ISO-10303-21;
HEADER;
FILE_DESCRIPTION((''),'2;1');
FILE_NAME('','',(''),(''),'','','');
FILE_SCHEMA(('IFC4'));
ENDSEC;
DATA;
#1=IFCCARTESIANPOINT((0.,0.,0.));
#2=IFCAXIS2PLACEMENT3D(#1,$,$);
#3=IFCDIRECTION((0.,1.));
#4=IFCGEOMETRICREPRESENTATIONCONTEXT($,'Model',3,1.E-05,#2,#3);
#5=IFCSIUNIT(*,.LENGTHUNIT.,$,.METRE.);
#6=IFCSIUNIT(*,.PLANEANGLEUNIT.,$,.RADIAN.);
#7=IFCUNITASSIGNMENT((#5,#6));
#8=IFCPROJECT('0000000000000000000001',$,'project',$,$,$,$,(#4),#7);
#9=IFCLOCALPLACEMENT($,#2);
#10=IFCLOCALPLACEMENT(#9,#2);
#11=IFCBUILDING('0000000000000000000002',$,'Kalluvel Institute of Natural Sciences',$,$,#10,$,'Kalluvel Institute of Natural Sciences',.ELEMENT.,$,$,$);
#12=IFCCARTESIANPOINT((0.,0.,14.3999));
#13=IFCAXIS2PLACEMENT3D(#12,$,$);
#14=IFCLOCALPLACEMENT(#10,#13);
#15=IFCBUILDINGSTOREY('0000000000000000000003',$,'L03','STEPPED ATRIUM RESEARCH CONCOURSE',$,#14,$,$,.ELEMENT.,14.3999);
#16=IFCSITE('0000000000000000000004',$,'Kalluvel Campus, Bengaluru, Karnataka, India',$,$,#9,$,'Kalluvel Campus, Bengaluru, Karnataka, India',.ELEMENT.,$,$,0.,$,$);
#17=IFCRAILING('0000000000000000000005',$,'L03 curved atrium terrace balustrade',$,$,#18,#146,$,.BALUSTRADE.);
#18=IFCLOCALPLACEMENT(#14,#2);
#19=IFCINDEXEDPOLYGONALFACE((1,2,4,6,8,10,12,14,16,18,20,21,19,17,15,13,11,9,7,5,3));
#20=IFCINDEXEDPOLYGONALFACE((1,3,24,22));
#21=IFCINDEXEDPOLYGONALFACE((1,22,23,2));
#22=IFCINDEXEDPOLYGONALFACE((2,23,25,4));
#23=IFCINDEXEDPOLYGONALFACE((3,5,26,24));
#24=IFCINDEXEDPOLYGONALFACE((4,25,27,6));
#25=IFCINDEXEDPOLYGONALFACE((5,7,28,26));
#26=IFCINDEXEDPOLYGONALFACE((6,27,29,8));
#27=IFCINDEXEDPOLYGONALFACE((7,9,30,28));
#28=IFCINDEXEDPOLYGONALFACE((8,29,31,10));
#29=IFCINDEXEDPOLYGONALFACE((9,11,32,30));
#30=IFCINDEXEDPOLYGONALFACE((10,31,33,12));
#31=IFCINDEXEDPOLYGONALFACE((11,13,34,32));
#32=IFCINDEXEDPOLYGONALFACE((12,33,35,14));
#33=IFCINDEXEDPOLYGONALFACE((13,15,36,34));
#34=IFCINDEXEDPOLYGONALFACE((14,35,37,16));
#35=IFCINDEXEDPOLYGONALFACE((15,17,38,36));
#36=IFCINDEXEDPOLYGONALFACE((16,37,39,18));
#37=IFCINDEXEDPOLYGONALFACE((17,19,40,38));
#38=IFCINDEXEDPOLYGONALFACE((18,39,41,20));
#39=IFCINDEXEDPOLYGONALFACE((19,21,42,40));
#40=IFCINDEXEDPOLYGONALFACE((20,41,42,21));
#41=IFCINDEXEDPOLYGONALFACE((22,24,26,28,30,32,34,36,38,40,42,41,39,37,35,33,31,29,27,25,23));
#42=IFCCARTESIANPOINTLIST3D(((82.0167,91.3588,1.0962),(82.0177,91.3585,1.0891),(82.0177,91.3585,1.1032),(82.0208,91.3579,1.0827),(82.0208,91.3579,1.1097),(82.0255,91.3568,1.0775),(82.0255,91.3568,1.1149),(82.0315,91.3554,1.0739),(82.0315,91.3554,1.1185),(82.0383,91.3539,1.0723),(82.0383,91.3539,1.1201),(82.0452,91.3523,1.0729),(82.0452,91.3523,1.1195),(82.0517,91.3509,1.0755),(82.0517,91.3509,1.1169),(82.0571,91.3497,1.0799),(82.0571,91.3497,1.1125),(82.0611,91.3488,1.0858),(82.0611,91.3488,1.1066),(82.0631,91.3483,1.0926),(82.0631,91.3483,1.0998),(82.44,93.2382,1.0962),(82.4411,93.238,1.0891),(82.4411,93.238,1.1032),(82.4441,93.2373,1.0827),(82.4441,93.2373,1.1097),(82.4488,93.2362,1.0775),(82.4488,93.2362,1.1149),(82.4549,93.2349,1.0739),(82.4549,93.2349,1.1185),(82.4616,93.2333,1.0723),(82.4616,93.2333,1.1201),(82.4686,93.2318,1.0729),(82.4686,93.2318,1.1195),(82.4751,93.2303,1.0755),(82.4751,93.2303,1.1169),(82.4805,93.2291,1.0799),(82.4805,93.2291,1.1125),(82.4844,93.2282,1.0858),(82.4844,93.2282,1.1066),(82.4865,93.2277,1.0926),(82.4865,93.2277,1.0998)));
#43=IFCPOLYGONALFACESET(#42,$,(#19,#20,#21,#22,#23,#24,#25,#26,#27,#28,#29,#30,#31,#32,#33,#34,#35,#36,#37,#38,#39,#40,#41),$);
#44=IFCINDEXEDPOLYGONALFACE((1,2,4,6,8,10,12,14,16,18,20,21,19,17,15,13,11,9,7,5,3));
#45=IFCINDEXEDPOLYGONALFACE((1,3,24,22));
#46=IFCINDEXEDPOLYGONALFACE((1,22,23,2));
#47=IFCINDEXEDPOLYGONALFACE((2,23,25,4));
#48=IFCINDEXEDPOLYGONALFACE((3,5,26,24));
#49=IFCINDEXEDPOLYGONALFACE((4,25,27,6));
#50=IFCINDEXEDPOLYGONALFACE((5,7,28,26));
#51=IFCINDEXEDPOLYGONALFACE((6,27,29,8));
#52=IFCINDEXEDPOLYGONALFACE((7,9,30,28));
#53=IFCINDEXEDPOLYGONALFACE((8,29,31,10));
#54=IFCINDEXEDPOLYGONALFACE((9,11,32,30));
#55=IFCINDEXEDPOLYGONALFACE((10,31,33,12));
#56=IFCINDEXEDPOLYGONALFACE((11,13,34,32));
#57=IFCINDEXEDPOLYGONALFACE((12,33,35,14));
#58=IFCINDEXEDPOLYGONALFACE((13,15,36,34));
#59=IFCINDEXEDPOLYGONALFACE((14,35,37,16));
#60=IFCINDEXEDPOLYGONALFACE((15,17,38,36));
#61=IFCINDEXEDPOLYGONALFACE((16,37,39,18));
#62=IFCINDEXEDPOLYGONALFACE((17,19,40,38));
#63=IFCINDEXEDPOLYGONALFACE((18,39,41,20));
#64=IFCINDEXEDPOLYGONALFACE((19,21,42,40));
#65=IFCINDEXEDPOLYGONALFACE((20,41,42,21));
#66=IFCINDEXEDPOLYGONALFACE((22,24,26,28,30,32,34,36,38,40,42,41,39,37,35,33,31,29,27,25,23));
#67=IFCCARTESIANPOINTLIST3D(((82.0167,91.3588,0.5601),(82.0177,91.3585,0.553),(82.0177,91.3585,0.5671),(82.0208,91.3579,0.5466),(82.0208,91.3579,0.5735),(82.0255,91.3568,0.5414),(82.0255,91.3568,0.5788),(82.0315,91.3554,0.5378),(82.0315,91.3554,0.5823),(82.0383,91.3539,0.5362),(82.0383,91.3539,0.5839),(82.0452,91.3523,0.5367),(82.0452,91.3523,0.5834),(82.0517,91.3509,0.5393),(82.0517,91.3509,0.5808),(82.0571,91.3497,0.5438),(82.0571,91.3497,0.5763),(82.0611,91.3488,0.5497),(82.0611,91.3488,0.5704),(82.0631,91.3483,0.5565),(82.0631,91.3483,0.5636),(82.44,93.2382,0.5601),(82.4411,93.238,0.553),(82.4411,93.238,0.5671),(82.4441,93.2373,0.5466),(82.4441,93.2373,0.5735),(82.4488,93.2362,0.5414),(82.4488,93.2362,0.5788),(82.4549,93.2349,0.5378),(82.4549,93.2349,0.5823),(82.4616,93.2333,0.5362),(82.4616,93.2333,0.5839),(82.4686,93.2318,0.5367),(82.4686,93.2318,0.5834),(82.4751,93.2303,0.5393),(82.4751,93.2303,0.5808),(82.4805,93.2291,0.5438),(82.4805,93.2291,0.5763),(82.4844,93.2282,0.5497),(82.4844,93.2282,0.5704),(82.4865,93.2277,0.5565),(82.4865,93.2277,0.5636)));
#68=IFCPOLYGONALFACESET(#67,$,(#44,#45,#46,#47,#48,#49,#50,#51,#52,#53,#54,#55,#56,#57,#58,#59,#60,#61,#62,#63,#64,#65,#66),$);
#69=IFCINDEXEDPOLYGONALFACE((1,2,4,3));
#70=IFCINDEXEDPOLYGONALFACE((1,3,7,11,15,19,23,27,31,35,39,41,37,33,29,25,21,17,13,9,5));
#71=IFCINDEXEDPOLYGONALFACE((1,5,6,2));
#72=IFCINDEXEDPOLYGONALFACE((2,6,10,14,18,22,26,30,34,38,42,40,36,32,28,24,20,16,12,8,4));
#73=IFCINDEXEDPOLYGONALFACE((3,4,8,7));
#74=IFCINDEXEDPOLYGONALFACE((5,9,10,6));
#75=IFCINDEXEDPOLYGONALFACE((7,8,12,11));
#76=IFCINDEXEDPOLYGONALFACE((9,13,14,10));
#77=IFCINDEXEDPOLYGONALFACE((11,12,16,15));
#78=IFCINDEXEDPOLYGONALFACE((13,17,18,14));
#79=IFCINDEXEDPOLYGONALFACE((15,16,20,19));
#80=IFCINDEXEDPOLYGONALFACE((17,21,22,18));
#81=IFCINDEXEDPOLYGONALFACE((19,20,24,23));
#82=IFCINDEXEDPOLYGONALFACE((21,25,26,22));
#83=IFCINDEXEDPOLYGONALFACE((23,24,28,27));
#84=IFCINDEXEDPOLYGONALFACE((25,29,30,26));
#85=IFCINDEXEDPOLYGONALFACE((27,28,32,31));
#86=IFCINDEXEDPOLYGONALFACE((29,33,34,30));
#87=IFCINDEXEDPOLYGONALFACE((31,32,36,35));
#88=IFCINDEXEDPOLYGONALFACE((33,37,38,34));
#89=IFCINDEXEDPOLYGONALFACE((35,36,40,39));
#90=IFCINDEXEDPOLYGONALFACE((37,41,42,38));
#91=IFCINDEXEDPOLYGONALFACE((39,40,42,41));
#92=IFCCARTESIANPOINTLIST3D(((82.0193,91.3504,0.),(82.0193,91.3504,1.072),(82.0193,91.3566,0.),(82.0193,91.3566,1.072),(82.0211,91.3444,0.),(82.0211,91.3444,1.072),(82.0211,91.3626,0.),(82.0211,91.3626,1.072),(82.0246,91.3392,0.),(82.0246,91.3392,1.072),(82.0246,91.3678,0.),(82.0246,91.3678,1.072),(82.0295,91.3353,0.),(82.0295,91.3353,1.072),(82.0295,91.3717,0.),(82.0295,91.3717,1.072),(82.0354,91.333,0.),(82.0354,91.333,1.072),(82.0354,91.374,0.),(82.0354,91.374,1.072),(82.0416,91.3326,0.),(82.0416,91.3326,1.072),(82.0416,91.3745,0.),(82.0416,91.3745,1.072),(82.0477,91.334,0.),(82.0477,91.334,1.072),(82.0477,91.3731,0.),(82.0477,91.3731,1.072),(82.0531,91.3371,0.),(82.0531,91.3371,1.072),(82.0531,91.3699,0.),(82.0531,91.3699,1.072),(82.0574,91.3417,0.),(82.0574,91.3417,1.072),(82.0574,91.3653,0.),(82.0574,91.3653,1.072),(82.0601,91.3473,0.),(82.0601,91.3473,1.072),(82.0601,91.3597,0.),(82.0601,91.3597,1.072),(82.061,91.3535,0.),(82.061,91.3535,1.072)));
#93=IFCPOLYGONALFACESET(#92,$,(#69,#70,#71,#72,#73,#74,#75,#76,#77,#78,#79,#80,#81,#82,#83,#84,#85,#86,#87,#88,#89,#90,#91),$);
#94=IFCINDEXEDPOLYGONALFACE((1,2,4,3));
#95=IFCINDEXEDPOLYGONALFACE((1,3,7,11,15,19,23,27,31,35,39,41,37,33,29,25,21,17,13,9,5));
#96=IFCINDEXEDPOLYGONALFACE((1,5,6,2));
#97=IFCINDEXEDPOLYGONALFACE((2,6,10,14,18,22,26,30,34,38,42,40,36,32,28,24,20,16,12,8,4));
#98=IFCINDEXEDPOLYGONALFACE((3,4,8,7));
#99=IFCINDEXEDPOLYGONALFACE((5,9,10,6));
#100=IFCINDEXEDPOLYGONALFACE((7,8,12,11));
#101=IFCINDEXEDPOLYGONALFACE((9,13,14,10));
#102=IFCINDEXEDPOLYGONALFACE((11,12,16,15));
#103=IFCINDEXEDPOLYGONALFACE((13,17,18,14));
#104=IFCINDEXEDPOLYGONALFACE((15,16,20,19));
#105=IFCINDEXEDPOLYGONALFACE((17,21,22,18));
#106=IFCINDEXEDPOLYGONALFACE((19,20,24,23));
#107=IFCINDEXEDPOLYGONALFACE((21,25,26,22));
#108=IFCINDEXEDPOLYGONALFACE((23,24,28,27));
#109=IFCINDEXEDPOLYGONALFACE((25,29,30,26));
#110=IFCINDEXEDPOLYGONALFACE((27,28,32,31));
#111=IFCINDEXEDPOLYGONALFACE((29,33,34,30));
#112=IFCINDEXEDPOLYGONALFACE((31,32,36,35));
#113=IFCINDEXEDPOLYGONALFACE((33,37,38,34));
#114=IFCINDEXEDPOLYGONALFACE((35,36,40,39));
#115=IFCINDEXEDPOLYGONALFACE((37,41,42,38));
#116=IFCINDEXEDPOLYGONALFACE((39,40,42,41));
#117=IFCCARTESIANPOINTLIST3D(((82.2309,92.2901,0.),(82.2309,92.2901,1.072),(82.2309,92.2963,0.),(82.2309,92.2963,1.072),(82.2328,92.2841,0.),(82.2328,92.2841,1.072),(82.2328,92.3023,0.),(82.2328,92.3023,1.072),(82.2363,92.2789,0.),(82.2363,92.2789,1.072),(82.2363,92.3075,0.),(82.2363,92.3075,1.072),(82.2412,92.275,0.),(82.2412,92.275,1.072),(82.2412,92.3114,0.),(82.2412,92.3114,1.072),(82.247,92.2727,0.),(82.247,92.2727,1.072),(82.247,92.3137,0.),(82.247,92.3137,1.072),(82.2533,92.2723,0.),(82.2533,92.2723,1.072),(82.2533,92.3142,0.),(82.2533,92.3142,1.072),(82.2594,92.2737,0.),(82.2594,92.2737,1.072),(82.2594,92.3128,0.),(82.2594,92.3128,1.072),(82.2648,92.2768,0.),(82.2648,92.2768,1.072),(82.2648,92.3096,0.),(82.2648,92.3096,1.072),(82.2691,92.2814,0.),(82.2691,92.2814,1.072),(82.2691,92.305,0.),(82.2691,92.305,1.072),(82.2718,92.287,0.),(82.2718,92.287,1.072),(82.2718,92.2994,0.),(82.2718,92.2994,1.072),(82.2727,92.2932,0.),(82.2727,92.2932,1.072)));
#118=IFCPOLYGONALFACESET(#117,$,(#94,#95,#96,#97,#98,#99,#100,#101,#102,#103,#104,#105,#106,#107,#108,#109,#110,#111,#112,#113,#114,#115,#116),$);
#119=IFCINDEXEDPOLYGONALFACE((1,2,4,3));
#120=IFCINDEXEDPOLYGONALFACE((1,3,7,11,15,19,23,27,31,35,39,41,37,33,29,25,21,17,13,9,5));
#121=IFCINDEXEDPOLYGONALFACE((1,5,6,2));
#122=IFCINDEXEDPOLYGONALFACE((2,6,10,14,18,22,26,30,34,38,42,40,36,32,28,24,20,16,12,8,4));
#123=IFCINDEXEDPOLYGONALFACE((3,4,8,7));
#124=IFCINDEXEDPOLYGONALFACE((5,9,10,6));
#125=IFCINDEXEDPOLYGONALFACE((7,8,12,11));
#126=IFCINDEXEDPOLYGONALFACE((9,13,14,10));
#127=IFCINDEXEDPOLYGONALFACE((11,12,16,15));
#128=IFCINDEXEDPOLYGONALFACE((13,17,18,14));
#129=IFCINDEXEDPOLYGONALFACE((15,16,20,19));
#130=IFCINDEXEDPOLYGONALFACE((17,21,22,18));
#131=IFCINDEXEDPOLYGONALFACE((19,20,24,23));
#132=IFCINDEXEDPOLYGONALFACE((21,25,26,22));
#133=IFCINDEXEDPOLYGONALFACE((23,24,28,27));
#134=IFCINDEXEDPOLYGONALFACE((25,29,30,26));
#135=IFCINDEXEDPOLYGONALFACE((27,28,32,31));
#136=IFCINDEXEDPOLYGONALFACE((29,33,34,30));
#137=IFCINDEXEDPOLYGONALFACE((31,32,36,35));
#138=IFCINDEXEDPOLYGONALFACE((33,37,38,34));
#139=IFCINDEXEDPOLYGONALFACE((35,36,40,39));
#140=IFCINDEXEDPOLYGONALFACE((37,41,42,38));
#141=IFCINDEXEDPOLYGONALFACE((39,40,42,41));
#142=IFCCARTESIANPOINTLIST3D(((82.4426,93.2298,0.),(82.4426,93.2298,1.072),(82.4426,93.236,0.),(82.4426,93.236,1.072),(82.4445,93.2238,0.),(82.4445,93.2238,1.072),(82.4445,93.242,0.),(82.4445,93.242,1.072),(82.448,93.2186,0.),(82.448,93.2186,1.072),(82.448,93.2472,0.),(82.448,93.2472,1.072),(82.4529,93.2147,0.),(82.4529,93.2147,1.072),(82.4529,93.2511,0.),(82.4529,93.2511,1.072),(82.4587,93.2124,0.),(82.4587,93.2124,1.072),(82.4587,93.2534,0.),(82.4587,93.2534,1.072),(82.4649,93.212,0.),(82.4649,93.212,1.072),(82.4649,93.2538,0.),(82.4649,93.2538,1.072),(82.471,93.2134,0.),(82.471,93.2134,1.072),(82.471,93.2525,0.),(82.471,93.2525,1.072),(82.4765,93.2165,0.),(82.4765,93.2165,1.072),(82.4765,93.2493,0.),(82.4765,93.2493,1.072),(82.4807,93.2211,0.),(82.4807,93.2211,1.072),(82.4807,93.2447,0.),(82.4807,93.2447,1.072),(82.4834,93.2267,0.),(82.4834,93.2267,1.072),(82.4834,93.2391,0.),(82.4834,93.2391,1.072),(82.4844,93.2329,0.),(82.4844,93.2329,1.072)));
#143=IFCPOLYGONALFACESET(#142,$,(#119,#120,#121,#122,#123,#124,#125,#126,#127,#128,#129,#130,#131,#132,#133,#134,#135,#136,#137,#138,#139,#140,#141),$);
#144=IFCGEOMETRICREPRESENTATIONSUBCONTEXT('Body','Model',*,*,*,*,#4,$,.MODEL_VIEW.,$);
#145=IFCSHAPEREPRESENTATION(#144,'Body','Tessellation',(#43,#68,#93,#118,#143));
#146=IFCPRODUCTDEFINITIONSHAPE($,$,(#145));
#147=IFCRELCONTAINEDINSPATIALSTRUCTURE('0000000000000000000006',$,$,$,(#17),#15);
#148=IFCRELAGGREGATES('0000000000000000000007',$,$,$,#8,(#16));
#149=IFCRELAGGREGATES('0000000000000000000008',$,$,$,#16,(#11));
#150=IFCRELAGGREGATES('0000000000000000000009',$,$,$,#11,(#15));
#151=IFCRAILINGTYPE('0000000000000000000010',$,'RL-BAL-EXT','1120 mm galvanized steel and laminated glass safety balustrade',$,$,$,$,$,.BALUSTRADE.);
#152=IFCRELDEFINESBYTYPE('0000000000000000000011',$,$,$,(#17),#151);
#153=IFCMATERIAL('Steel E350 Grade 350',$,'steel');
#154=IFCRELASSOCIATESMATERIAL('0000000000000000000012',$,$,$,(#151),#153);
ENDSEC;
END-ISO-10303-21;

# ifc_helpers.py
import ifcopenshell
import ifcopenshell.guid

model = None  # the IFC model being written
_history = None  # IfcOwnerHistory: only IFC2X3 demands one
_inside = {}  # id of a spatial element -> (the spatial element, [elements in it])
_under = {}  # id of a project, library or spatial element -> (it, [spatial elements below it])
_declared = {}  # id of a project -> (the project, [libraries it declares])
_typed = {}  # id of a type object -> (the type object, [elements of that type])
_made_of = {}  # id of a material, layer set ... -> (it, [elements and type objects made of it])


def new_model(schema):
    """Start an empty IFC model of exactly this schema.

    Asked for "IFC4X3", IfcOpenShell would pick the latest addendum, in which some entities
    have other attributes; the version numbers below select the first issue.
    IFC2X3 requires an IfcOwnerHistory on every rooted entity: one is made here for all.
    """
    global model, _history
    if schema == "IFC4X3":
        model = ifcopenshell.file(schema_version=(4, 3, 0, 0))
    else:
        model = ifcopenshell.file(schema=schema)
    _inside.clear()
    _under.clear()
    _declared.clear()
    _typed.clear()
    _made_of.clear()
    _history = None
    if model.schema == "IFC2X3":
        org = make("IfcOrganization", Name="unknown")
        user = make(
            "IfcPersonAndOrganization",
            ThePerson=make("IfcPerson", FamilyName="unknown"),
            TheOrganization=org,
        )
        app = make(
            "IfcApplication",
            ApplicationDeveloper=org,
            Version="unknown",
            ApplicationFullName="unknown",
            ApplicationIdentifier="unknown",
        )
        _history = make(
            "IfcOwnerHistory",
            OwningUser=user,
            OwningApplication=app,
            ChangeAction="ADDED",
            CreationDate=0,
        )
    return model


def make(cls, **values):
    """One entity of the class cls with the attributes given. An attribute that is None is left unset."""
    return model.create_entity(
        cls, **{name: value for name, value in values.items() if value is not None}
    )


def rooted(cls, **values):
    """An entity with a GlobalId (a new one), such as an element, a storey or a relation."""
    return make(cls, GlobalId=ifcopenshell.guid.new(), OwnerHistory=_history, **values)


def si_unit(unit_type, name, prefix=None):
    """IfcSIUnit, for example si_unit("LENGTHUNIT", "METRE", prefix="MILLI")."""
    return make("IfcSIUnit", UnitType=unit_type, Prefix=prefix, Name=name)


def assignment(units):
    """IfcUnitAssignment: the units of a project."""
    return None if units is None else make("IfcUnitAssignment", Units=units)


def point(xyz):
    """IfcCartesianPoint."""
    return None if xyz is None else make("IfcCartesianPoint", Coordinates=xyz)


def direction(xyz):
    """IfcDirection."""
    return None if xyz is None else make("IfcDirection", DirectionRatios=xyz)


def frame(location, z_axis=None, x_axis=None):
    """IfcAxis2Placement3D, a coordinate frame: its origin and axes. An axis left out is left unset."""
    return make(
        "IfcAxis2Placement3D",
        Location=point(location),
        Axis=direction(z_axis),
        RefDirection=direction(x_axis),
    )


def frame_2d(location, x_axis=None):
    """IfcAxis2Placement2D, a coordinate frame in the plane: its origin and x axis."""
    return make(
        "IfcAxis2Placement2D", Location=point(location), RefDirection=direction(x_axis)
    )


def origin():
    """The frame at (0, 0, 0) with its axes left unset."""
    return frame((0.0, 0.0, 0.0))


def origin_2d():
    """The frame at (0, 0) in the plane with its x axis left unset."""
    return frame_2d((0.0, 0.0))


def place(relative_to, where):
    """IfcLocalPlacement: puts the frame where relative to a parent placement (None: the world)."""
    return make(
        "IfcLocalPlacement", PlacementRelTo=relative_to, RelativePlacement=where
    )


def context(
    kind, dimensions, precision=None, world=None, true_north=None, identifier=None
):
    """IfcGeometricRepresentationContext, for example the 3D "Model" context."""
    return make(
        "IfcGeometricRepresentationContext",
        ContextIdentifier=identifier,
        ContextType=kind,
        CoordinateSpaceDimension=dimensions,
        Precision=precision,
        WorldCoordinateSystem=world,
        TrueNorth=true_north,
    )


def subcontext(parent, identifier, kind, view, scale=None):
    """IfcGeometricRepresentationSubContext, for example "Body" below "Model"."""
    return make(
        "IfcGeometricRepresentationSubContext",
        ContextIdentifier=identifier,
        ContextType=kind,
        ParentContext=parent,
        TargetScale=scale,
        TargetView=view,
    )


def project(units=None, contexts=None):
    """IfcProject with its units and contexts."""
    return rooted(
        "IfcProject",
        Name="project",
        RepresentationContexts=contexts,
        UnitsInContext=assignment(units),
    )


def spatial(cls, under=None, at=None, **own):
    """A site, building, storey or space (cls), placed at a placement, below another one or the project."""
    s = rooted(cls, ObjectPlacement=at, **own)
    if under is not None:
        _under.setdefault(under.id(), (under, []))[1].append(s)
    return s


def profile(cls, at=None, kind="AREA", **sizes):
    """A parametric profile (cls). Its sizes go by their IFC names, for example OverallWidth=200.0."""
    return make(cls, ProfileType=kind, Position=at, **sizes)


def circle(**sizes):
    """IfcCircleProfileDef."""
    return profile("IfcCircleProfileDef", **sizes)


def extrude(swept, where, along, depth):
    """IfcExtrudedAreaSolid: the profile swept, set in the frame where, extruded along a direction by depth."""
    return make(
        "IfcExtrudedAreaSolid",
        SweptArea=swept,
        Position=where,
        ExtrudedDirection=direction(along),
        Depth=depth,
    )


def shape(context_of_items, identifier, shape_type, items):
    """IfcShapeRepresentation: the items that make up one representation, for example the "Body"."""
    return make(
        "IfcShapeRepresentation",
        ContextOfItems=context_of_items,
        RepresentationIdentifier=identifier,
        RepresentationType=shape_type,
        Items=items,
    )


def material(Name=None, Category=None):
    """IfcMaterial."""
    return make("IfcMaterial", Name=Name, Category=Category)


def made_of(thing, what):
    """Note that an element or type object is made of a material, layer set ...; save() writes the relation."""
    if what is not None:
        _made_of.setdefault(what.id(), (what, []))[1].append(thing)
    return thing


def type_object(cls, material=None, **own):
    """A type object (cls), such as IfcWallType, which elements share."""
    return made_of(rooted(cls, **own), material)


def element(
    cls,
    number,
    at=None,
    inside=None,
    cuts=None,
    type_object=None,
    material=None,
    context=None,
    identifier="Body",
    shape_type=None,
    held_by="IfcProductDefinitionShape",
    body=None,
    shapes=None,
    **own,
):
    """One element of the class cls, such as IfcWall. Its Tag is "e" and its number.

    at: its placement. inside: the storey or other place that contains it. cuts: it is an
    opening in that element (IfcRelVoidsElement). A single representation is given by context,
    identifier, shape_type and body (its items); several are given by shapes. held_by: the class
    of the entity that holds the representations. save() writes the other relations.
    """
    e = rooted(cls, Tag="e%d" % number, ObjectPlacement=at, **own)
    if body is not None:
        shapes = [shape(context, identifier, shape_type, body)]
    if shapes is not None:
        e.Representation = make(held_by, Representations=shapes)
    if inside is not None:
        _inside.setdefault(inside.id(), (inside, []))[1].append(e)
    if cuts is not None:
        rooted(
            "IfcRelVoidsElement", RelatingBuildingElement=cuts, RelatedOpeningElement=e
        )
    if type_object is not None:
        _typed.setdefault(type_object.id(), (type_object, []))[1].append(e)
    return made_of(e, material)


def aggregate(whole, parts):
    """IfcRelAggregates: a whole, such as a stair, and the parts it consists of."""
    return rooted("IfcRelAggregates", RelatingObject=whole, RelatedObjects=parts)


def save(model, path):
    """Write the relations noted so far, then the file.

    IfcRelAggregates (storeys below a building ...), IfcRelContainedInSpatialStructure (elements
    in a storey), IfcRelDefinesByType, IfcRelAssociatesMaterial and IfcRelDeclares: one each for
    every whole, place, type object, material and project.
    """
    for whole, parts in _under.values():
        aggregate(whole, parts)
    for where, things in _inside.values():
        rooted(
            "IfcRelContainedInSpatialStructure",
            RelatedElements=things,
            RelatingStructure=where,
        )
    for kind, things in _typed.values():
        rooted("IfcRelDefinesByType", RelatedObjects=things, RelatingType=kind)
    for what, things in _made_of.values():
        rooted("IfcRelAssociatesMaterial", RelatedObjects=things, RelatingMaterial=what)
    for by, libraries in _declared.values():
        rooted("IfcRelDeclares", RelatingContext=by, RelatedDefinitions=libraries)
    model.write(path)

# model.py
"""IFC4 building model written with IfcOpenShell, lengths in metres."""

from ifc_helpers import new_model, si_unit, direction, frame, origin, origin_2d, place, context, subcontext, project, spatial, circle, extrude, material, type_object, element, save


model = new_model("IFC4")

# Units and contexts
model_context = context("Model", 3, precision=1e-05, world=origin(), true_north=direction((0.0, 1.0)))
body_context = subcontext(model_context, "Body", "Model", "MODEL_VIEW")
ifc_project = project(units=[si_unit("LENGTHUNIT", "METRE"), si_unit("PLANEANGLEUNIT", "RADIAN")], contexts=[model_context])

# Site, building, storey
site_placement = place(None, origin())
site = spatial("IfcSite", under=ifc_project, at=site_placement, Name="Kalluvel Campus, Bengaluru, Karnataka, India", LongName="Kalluvel Campus, Bengaluru, Karnataka, India", CompositionType="ELEMENT", RefElevation=0.0)
building_placement = place(site_placement, origin())
building = spatial("IfcBuilding", under=site, at=building_placement, Name="Kalluvel Institute of Natural Sciences", LongName="Kalluvel Institute of Natural Sciences", CompositionType="ELEMENT")
storey_placement = place(building_placement, frame((0.0, 0.0, 14.3999)))
storey = spatial("IfcBuildingStorey", under=building, at=storey_placement, Name="L03", Description="STEPPED ATRIUM RESEARCH CONCOURSE", CompositionType="ELEMENT", Elevation=14.3999)

# Railing
ifc_material_1 = material(Name="Steel E350 Grade 350", Category="steel")
railing_type = type_object("IfcRailingType", Name="RL-BAL-EXT", Description="1120 mm galvanized steel and laminated glass safety balustrade", PredefinedType="BALUSTRADE", material=ifc_material_1)
railing_1_placement = place(storey_placement, frame((82.04, 91.3535, 0.0)))
element("IfcRailing", 1, at=railing_1_placement, inside=storey, type_object=railing_type, Name="L03 curved atrium terrace balustrade", PredefinedType="BALUSTRADE", context=body_context, shape_type="SweptSolid", body=[
    extrude(circle(Radius=0.0239, at=origin_2d()), frame((0.0, 0.0, 1.0962), z_axis=(0.219747, 0.975557, 0.0), x_axis=(-0.975557, 0.219747, 0.0)), (0.0, 0.0, 1.0), 1.9265),
    extrude(circle(Radius=0.0239, at=origin_2d()), frame((0.0, 0.0, 0.5601), z_axis=(0.219747, 0.975557, 0.0), x_axis=(-0.975557, 0.219747, 0.0)), (0.0, 0.0, 1.0), 1.9265),
    extrude(circle(Radius=0.021, at=origin_2d()), origin(), (0.0, 0.0, 1.0), 1.072),
    extrude(circle(Radius=0.021, at=origin_2d()), frame((0.2117, 0.9397, 0.0)), (0.0, 0.0, 1.0), 1.072),
    extrude(circle(Radius=0.021, at=origin_2d()), frame((0.4233, 1.8794, 0.0)), (0.0, 0.0, 1.0), 1.072),
])

save(model, "model.ifc")
